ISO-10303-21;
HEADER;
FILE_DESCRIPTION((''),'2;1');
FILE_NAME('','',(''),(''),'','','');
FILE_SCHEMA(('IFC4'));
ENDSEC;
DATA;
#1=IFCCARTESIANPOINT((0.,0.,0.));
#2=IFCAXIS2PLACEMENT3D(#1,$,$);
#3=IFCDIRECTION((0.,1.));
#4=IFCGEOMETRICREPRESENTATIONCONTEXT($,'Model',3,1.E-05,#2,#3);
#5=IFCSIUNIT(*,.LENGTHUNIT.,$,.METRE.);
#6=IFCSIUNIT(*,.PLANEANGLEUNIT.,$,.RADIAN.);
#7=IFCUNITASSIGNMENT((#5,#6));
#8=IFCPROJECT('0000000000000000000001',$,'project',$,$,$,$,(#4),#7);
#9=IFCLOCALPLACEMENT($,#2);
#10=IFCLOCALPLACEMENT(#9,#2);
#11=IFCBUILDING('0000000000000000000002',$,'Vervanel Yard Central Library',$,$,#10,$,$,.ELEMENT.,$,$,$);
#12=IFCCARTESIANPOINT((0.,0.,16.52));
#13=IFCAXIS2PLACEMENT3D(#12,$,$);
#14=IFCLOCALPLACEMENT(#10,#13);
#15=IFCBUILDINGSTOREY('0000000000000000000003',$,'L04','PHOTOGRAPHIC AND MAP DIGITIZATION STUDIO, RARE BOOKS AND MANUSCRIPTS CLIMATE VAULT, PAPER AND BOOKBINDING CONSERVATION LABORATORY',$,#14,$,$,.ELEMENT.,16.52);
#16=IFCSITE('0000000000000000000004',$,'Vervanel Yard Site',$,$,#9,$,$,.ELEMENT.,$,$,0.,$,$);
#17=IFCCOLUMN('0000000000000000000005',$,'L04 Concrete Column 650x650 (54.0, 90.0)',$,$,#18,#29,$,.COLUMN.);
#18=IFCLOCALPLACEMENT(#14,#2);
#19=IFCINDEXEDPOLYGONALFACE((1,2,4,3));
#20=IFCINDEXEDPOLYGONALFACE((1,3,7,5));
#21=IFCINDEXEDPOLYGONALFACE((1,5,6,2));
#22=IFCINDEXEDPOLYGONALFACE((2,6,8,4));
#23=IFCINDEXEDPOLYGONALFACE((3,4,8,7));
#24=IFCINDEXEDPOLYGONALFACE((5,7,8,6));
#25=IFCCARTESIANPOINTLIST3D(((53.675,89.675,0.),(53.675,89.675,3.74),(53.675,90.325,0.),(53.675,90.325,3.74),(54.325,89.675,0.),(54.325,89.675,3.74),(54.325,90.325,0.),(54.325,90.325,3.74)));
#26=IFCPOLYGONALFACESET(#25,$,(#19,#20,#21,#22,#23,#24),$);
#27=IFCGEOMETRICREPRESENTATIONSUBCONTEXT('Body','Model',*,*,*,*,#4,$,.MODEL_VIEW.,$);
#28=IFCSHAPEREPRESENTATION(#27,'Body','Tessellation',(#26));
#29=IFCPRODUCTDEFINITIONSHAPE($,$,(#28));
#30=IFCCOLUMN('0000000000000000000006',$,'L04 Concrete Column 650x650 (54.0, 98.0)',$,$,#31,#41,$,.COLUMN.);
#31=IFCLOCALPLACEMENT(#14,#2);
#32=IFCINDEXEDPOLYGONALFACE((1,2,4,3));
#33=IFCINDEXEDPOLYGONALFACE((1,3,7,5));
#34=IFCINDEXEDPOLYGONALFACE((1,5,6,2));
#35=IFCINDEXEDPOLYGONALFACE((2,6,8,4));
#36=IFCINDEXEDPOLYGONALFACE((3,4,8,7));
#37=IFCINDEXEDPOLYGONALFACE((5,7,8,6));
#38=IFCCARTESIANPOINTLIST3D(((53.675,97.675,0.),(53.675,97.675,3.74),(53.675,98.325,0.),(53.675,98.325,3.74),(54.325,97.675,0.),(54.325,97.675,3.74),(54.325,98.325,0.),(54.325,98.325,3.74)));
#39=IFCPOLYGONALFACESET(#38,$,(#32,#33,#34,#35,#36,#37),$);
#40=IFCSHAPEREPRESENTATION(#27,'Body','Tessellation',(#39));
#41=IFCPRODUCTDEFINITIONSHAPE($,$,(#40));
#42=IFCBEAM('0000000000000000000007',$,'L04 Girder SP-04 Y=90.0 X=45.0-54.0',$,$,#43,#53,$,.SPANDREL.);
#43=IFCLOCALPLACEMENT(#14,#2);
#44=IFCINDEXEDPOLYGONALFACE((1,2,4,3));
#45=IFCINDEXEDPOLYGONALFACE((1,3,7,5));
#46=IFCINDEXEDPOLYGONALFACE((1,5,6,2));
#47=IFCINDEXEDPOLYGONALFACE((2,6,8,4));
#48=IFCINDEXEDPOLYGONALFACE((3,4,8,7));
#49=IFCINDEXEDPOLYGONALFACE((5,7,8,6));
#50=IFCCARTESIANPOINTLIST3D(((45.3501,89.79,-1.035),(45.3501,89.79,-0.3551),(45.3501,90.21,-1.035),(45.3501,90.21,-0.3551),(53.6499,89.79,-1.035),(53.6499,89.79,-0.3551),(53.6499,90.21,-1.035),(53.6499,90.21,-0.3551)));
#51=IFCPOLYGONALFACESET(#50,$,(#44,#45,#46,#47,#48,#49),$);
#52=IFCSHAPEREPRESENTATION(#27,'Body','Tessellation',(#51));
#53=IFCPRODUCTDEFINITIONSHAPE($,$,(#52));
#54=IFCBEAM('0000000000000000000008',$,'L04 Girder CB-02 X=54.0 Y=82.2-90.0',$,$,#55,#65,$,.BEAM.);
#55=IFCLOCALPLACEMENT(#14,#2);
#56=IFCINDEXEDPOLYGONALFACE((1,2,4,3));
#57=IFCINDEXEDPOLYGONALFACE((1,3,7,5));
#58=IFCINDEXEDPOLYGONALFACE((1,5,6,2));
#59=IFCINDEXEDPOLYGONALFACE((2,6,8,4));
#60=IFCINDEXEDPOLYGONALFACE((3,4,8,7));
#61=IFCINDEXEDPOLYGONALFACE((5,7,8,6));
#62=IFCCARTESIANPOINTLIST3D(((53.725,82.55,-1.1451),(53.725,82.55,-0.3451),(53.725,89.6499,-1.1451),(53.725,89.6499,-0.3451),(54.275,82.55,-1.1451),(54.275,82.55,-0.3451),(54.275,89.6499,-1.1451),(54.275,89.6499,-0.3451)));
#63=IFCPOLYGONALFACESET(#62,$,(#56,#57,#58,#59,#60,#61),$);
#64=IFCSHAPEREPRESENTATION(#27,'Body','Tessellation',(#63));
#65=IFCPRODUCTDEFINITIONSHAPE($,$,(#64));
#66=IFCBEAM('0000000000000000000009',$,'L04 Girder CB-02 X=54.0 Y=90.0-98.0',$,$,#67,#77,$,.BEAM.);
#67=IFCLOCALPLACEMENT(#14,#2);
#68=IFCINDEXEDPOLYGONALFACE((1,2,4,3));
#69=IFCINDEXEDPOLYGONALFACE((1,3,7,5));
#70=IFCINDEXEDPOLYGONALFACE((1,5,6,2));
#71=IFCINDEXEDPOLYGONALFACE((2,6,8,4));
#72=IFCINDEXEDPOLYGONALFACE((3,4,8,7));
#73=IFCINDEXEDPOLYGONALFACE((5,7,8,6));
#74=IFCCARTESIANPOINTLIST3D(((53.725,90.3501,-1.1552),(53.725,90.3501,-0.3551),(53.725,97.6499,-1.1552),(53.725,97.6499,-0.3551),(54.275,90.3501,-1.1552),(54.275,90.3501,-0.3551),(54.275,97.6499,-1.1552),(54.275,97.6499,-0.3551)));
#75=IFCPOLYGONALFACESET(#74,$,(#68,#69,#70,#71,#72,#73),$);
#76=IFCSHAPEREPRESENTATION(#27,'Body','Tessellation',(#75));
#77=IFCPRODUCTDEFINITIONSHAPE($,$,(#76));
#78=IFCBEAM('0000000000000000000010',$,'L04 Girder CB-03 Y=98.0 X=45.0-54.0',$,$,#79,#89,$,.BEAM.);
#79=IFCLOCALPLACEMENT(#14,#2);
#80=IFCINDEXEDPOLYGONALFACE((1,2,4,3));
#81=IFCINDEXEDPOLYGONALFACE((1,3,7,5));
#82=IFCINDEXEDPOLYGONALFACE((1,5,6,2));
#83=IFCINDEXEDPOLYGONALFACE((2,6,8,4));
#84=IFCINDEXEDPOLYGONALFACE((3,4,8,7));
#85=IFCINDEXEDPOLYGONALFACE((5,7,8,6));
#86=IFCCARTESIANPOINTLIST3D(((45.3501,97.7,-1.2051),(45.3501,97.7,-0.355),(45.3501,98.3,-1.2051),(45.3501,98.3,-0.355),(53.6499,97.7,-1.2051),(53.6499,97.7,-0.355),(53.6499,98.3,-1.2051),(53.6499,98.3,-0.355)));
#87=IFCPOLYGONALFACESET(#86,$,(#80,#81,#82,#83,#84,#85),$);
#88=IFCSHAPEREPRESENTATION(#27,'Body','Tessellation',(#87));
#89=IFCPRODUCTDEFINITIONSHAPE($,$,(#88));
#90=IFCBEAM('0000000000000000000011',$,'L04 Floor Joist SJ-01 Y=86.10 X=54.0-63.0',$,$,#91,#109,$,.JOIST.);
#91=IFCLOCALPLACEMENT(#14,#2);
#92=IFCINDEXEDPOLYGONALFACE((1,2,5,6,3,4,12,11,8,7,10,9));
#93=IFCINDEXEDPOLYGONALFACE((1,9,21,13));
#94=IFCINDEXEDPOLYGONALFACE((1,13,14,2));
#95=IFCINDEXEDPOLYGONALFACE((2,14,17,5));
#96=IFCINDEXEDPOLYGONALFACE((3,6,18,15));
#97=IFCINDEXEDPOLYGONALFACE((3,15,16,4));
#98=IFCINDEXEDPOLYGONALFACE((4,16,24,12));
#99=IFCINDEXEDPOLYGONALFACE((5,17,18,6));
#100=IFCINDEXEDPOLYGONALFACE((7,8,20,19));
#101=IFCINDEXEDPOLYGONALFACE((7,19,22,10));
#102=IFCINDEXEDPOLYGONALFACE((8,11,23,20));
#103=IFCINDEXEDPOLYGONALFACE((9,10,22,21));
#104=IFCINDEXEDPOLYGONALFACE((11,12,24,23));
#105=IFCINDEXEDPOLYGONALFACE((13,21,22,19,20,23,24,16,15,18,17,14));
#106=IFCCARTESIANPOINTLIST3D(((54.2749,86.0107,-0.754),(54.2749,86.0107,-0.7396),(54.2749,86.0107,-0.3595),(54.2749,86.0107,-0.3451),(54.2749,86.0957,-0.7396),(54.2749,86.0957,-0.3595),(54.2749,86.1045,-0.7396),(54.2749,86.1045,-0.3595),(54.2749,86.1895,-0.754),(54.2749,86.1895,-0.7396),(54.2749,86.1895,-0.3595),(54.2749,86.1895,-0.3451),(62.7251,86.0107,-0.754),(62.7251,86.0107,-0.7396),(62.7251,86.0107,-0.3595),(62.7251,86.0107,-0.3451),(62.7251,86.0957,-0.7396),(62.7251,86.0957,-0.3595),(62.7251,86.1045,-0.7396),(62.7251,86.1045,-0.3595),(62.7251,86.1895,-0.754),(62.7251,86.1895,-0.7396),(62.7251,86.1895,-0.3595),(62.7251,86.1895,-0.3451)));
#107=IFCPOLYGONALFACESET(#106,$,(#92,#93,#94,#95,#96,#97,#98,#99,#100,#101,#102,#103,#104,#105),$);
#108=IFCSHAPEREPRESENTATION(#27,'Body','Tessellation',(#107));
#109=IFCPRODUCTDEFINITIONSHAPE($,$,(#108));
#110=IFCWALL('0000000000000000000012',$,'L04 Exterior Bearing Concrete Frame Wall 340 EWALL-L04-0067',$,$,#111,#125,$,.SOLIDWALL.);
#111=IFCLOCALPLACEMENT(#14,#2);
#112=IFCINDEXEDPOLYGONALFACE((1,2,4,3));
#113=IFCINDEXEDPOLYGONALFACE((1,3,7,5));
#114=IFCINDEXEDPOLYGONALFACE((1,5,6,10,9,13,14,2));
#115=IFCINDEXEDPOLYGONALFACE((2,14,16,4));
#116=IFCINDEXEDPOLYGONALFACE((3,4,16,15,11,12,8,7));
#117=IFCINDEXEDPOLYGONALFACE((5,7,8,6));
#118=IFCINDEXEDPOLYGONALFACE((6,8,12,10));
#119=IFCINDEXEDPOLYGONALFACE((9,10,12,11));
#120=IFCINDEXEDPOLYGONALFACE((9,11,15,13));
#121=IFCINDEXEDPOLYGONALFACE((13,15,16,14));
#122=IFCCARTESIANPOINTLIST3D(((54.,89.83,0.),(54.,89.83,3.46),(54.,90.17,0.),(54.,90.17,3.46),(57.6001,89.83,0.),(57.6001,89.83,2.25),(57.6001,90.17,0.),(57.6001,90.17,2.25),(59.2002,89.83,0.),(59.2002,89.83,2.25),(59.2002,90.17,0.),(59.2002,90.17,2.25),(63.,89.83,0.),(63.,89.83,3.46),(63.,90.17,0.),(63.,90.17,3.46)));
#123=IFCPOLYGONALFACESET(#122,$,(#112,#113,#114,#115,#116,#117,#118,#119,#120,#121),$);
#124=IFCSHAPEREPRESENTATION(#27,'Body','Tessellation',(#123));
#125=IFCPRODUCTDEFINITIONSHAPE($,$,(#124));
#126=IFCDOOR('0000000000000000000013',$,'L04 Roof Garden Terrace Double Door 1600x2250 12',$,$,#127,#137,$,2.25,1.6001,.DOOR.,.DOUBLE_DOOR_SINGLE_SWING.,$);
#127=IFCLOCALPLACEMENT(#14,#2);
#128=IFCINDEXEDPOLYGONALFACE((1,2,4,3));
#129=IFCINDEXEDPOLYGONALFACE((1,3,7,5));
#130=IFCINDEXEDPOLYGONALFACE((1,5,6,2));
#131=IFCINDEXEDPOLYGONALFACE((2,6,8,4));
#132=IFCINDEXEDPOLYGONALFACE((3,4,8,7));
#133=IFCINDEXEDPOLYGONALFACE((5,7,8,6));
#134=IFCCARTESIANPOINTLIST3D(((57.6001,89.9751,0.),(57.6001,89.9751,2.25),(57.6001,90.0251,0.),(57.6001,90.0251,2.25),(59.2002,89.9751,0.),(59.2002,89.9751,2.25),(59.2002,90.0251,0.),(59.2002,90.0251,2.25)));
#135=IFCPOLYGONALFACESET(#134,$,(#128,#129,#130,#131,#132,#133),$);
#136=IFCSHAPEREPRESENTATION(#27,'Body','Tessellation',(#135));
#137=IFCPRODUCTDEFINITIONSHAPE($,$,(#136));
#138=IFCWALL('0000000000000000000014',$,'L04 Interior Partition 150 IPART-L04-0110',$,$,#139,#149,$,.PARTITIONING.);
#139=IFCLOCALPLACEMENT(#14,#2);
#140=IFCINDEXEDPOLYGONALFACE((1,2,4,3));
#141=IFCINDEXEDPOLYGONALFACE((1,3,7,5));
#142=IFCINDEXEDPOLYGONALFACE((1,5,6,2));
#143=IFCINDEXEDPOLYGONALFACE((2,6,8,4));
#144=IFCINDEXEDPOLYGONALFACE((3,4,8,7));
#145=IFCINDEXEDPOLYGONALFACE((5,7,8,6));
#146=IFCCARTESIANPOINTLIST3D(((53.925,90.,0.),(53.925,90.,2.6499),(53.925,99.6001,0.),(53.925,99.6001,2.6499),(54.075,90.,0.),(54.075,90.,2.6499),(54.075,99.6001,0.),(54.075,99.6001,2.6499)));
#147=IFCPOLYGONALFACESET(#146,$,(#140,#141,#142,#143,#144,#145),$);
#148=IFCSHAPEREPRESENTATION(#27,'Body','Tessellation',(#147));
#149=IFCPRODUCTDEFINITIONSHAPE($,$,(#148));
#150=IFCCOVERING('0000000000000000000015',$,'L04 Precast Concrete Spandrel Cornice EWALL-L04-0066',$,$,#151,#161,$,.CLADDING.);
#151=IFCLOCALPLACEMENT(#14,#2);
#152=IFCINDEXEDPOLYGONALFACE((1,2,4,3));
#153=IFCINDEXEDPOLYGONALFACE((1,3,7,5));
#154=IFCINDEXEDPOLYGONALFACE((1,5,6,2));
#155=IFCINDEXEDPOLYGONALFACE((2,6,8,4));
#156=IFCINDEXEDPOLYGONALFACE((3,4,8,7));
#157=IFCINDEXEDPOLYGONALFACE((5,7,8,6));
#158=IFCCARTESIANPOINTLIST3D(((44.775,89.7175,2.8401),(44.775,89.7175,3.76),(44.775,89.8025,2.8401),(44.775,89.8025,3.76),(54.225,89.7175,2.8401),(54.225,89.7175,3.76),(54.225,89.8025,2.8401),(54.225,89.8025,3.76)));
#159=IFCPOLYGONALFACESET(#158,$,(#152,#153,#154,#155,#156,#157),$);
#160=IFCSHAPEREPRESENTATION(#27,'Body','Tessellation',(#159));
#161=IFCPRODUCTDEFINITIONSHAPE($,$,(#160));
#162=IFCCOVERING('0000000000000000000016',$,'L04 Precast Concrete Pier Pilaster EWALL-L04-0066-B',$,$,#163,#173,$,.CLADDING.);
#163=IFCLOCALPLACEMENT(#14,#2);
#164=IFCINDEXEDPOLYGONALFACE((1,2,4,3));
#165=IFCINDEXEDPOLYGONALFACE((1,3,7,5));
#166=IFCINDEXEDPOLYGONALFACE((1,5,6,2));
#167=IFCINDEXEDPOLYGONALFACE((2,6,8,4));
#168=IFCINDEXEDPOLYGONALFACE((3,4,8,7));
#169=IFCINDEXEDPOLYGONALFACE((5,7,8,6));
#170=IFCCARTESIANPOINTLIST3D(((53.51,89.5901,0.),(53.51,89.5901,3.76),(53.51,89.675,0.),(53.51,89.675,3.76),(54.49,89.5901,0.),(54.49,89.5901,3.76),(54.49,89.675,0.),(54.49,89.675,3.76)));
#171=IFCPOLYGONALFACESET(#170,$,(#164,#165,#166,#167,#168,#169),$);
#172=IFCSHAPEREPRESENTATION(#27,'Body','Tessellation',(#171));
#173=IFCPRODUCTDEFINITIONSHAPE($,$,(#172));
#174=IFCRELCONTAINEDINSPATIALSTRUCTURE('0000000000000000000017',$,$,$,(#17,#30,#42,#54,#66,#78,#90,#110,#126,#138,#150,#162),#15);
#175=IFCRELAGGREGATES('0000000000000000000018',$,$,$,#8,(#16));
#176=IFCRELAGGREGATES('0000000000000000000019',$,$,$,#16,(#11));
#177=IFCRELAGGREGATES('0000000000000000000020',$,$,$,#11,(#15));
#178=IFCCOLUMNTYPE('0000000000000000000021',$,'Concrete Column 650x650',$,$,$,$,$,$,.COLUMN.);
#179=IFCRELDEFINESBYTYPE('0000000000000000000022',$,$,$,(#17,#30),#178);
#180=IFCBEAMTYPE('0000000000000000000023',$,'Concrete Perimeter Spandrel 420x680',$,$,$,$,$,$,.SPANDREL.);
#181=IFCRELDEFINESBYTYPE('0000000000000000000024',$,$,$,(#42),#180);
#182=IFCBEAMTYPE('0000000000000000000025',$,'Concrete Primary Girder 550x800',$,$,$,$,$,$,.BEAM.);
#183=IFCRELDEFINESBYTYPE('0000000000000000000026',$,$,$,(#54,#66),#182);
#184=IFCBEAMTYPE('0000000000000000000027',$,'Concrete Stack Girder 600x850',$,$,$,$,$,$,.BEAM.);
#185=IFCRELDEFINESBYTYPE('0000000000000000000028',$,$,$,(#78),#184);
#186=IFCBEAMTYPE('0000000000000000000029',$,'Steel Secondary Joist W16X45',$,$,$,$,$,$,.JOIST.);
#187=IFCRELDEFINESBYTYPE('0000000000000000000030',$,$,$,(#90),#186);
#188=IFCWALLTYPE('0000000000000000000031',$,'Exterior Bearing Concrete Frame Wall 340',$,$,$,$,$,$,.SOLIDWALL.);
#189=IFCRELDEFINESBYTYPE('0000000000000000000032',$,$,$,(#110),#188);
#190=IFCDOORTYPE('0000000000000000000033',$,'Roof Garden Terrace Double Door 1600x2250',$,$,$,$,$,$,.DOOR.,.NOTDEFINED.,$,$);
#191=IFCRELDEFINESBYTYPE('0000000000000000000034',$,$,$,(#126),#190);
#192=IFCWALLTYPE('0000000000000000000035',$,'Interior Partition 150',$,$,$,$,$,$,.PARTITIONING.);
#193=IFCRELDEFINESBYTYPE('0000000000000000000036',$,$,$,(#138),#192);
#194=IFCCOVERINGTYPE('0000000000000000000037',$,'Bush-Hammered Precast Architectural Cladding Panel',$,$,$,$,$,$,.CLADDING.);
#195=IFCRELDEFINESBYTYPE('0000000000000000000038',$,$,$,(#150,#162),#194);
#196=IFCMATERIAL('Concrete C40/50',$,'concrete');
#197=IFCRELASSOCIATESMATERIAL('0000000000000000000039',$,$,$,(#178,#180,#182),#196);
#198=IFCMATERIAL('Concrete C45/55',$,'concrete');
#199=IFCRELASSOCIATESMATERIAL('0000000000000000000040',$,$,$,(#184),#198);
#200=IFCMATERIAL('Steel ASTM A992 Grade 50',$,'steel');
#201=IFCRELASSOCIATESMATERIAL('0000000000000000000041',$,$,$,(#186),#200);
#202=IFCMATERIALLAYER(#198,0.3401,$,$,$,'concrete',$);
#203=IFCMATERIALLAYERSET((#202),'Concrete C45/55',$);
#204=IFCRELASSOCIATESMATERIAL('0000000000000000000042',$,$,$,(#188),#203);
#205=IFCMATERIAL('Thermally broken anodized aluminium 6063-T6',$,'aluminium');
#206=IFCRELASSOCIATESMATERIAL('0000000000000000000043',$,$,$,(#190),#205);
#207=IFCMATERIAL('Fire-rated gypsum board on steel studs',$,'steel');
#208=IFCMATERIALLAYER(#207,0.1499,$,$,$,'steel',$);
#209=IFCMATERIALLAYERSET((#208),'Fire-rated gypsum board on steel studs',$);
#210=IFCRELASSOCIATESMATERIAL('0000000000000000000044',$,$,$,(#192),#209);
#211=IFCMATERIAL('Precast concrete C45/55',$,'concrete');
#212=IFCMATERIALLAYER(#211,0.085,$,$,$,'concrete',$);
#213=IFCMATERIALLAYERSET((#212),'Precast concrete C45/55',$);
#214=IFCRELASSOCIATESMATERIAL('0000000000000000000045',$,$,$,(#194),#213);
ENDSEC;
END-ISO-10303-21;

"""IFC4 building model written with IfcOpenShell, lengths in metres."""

from ifc_helpers import new_model, si_unit, direction, frame, frame_2d, origin, origin_2d, place, context, subcontext, project, spatial, rectangle, i_section, extrude, material, layer, layer_set, material_profile, profile_set, type_object, element, fill, save


model = new_model("IFC4")

# Units and contexts
model_context = context("Model", 3, precision=1e-05, world=origin(), true_north=direction((0.0, 1.0)))
body_context = subcontext(model_context, "Body", "Model", "MODEL_VIEW")
ifc_project = project(units=[si_unit("LENGTHUNIT", "METRE"), si_unit("PLANEANGLEUNIT", "RADIAN")], contexts=[model_context])

# Site, building, storey
site_placement = place(None, origin())
site = spatial("IfcSite", under=ifc_project, at=site_placement, Name="Vervanel Yard Site", CompositionType="ELEMENT", RefElevation=0.0)
building_placement = place(site_placement, origin())
building = spatial("IfcBuilding", under=site, at=building_placement, Name="Vervanel Yard Central Library", CompositionType="ELEMENT")
storey_placement = place(building_placement, frame((0.0, 0.0, 16.52)))
storey = spatial("IfcBuildingStorey", under=building, at=storey_placement, Name="L04", Description="PHOTOGRAPHIC AND MAP DIGITIZATION STUDIO, RARE BOOKS AND MANUSCRIPTS CLIMATE VAULT, PAPER AND BOOKBINDING CONSERVATION LABORATORY", CompositionType="ELEMENT", Elevation=16.52)

# Columns
ifc_material_1 = material(Name="Concrete C40/50", Category="concrete")
ifc_material_profile_1 = material_profile(ifc_material_1, rectangle(XDim=0.6499, YDim=0.6499, at=origin_2d()), Name="RC 650x650", Category="concrete")
ifc_profile_set_1 = profile_set([ifc_material_profile_1], Name="Concrete C40/50")
column_type = type_object("IfcColumnType", Name="Concrete Column 650x650", PredefinedType="COLUMN", material=ifc_profile_set_1)
for number, where, z_axis, x_axis, name in (
    (1, (54.0, 90.0, 0.0), (0.0, 0.0, 1.0), (1.0, 0.0, 0.0), "L04 Concrete Column 650x650 (54.0, 90.0)"),
    (2, (54.0, 98.0, 0.0), (0.0, 0.0, 1.0), (1.0, 0.0, 0.0), "L04 Concrete Column 650x650 (54.0, 98.0)"),
):
    element("IfcColumn", number, at=place(storey_placement, frame(where, z_axis=z_axis, x_axis=x_axis)), inside=storey, type_object=column_type, Name=name, PredefinedType="COLUMN", context=body_context, shape_type="SweptSolid", body=[
        extrude(rectangle(XDim=0.6499, YDim=0.6499, at=origin_2d()), origin(), (0.0, 0.0, 1.0), 3.74),
    ])

# Beams
ifc_material_profile_2 = material_profile(ifc_material_1, rectangle(XDim=0.4199, YDim=0.6799, at=origin_2d()), Name="RC 420x680", Category="concrete")
ifc_profile_set_2 = profile_set([ifc_material_profile_2], Name="Concrete C40/50")
beam_type_1 = type_object("IfcBeamType", Name="Concrete Perimeter Spandrel 420x680", PredefinedType="SPANDREL", material=ifc_profile_set_2)
beam_1_placement = place(storey_placement, frame((45.3501, 90.0, -0.6951), z_axis=(1.0, 0.0, 0.0), x_axis=(0.0, 1.0, 0.0)))
element("IfcBeam", 3, at=beam_1_placement, inside=storey, type_object=beam_type_1, Name="L04 Girder SP-04 Y=90.0 X=45.0-54.0", PredefinedType="SPANDREL", context=body_context, shape_type="SweptSolid", body=[
    extrude(rectangle(XDim=0.4199, YDim=0.6799, at=origin_2d()), origin(), (0.0, 0.0, 1.0), 8.2998),
])
ifc_material_profile_3 = material_profile(ifc_material_1, rectangle(XDim=0.55, YDim=0.8, at=origin_2d()), Name="RC 550x800", Category="concrete")
ifc_profile_set_3 = profile_set([ifc_material_profile_3], Name="Concrete C40/50")
beam_type_2 = type_object("IfcBeamType", Name="Concrete Primary Girder 550x800", PredefinedType="BEAM", material=ifc_profile_set_3)
beam_2_placement = place(storey_placement, frame((54.0, 82.55, -0.7451), z_axis=(0.0, 1.0, 0.0), x_axis=(-1.0, 0.0, 0.0)))
element("IfcBeam", 4, at=beam_2_placement, inside=storey, type_object=beam_type_2, Name="L04 Girder CB-02 X=54.0 Y=82.2-90.0", PredefinedType="BEAM", context=body_context, shape_type="SweptSolid", body=[
    extrude(rectangle(XDim=0.55, YDim=0.8, at=origin_2d()), origin(), (0.0, 0.0, 1.0), 7.0999),
])
beam_3_placement = place(storey_placement, frame((54.0, 90.3501, -0.7551), z_axis=(0.0, 1.0, 0.0), x_axis=(-1.0, 0.0, 0.0)))
element("IfcBeam", 5, at=beam_3_placement, inside=storey, type_object=beam_type_2, Name="L04 Girder CB-02 X=54.0 Y=90.0-98.0", PredefinedType="BEAM", context=body_context, shape_type="SweptSolid", body=[
    extrude(rectangle(XDim=0.55, YDim=0.8, at=origin_2d()), origin(), (0.0, 0.0, 1.0), 7.2998),
])
ifc_material_2 = material(Name="Concrete C45/55", Category="concrete")
ifc_material_profile_4 = material_profile(ifc_material_2, rectangle(XDim=0.6001, YDim=0.8501, at=origin_2d()), Name="RC 600x850", Category="concrete")
ifc_profile_set_4 = profile_set([ifc_material_profile_4], Name="Concrete C45/55")
beam_type_3 = type_object("IfcBeamType", Name="Concrete Stack Girder 600x850", PredefinedType="BEAM", material=ifc_profile_set_4)
beam_4_placement = place(storey_placement, frame((45.3501, 98.0, -0.78), z_axis=(1.0, 0.0, 0.0), x_axis=(0.0, 1.0, 0.0)))
element("IfcBeam", 6, at=beam_4_placement, inside=storey, type_object=beam_type_3, Name="L04 Girder CB-03 Y=98.0 X=45.0-54.0", PredefinedType="BEAM", context=body_context, shape_type="SweptSolid", body=[
    extrude(rectangle(XDim=0.6001, YDim=0.8501, at=origin_2d()), origin(), (0.0, 0.0, 1.0), 8.2998),
])
ifc_material_3 = material(Name="Steel ASTM A992 Grade 50", Category="steel")
ifc_material_profile_5 = material_profile(ifc_material_3, i_section(OverallWidth=0.1787, OverallDepth=0.4089, WebThickness=0.0088, FlangeThickness=0.0144, at=origin_2d()), Name="W16X45", Category="steel")
ifc_profile_set_5 = profile_set([ifc_material_profile_5], Name="Steel ASTM A992 Grade 50")
beam_type_4 = type_object("IfcBeamType", Name="Steel Secondary Joist W16X45", PredefinedType="JOIST", material=ifc_profile_set_5)
beam_5_placement = place(storey_placement, frame((54.2749, 86.1001, -0.5496), z_axis=(1.0, 0.0, 0.0), x_axis=(0.0, 1.0, 0.0)))
element("IfcBeam", 7, at=beam_5_placement, inside=storey, type_object=beam_type_4, Name="L04 Floor Joist SJ-01 Y=86.10 X=54.0-63.0", PredefinedType="JOIST", context=body_context, shape_type="SweptSolid", body=[
    extrude(i_section(OverallWidth=0.1787, OverallDepth=0.4089, WebThickness=0.0088, FlangeThickness=0.0144, at=origin_2d()), origin(), (0.0, 0.0, 1.0), 8.4502),
])

# Wall, opening, door
ifc_layer_1 = layer(ifc_material_2, 0.3401, Category="concrete")
ifc_layer_set_1 = layer_set([ifc_layer_1], Name="Concrete C45/55")
wall_type_1 = type_object("IfcWallType", Name="Exterior Bearing Concrete Frame Wall 340", PredefinedType="SOLIDWALL", material=ifc_layer_set_1)
wall_1_placement = place(storey_placement, frame((54.0, 90.0, 0.0), z_axis=(0.0, 0.0, 1.0), x_axis=(1.0, 0.0, 0.0)))
wall_1 = element("IfcWall", 8, at=wall_1_placement, inside=storey, type_object=wall_type_1, Name="L04 Exterior Bearing Concrete Frame Wall 340 EWALL-L04-0067", PredefinedType="SOLIDWALL", context=body_context, shape_type="SweptSolid", body=[
    extrude(rectangle(XDim=9.0, YDim=0.3401, at=frame_2d((4.5, 0.0))), origin(), (0.0, 0.0, 1.0), 3.46),
])
opening_placement = place(wall_1_placement, frame((3.6001, 0.0, 0.0)))
opening = element("IfcOpeningElement", 9, at=opening_placement, cuts=wall_1, PredefinedType="OPENING", context=body_context, shape_type="SweptSolid", body=[
    extrude(rectangle(XDim=1.6001, YDim=2.25, at=frame_2d((0.8, 1.125))), frame((0.0, 0.1799, 0.0), z_axis=(0.0, -1.0, 0.0), x_axis=(1.0, 0.0, 0.0)), (0.0, 0.0, 1.0), 0.3601),
])
ifc_material_4 = material(Name="Thermally broken anodized aluminium 6063-T6", Category="aluminium")
door_type = type_object("IfcDoorType", Name="Roof Garden Terrace Double Door 1600x2250", OperationType="NOTDEFINED", PredefinedType="DOOR", material=ifc_material_4)
door_placement = place(opening_placement, frame((1.6001, 0.0, 0.0), z_axis=(0.0, 0.0, 1.0), x_axis=(-1.0, 0.0, 0.0)))
door = element("IfcDoor", 10, at=door_placement, inside=storey, type_object=door_type, Name="L04 Roof Garden Terrace Double Door 1600x2250 12", OperationType="DOUBLE_DOOR_SINGLE_SWING", OverallHeight=2.25, OverallWidth=1.6001, PredefinedType="DOOR", context=body_context, shape_type="SweptSolid", body=[
    extrude(rectangle(XDim=1.6001, YDim=2.25, at=frame_2d((0.8, 1.125))), frame((0.0, 0.0249, 0.0), z_axis=(0.0, -1.0, 0.0), x_axis=(1.0, 0.0, 0.0)), (0.0, 0.0, 1.0), 0.05),
])
fill(opening, door)

# Wall
ifc_material_5 = material(Name="Fire-rated gypsum board on steel studs", Category="steel")
ifc_layer_2 = layer(ifc_material_5, 0.1499, Category="steel")
ifc_layer_set_2 = layer_set([ifc_layer_2], Name="Fire-rated gypsum board on steel studs")
wall_type_2 = type_object("IfcWallType", Name="Interior Partition 150", PredefinedType="PARTITIONING", material=ifc_layer_set_2)
wall_2_placement = place(storey_placement, frame((54.0, 90.0, 0.0), z_axis=(0.0, 0.0, 1.0), x_axis=(0.0, 1.0, 0.0)))
element("IfcWall", 11, at=wall_2_placement, inside=storey, type_object=wall_type_2, Name="L04 Interior Partition 150 IPART-L04-0110", PredefinedType="PARTITIONING", context=body_context, shape_type="SweptSolid", body=[
    extrude(rectangle(XDim=9.6001, YDim=0.1499, at=frame_2d((4.8, 0.0))), origin(), (0.0, 0.0, 1.0), 2.6499),
])

# Coverings
ifc_material_6 = material(Name="Precast concrete C45/55", Category="concrete")
ifc_layer_3 = layer(ifc_material_6, 0.085, Category="concrete")
ifc_layer_set_3 = layer_set([ifc_layer_3], Name="Precast concrete C45/55")
covering_type = type_object("IfcCoveringType", Name="Bush-Hammered Precast Architectural Cladding Panel", PredefinedType="CLADDING", material=ifc_layer_set_3)
covering_1_placement = place(storey_placement, frame((49.5, 89.76, 2.8401), z_axis=(0.0, 0.0, 1.0), x_axis=(1.0, 0.0, 0.0)))
element("IfcCovering", 12, at=covering_1_placement, inside=storey, type_object=covering_type, Name="L04 Precast Concrete Spandrel Cornice EWALL-L04-0066", PredefinedType="CLADDING", context=body_context, shape_type="SweptSolid", body=[
    extrude(rectangle(XDim=9.45, YDim=0.085, at=origin_2d()), origin(), (0.0, 0.0, 1.0), 0.9199),
])
covering_2_placement = place(storey_placement, frame((54.0, 89.6326, 0.0), z_axis=(0.0, 0.0, 1.0), x_axis=(1.0, 0.0, 0.0)))
element("IfcCovering", 13, at=covering_2_placement, inside=storey, type_object=covering_type, Name="L04 Precast Concrete Pier Pilaster EWALL-L04-0066-B", PredefinedType="CLADDING", context=body_context, shape_type="SweptSolid", body=[
    extrude(rectangle(XDim=0.98, YDim=0.085, at=origin_2d()), origin(), (0.0, 0.0, 1.0), 3.76),
])

save(model, "model.ifc")
